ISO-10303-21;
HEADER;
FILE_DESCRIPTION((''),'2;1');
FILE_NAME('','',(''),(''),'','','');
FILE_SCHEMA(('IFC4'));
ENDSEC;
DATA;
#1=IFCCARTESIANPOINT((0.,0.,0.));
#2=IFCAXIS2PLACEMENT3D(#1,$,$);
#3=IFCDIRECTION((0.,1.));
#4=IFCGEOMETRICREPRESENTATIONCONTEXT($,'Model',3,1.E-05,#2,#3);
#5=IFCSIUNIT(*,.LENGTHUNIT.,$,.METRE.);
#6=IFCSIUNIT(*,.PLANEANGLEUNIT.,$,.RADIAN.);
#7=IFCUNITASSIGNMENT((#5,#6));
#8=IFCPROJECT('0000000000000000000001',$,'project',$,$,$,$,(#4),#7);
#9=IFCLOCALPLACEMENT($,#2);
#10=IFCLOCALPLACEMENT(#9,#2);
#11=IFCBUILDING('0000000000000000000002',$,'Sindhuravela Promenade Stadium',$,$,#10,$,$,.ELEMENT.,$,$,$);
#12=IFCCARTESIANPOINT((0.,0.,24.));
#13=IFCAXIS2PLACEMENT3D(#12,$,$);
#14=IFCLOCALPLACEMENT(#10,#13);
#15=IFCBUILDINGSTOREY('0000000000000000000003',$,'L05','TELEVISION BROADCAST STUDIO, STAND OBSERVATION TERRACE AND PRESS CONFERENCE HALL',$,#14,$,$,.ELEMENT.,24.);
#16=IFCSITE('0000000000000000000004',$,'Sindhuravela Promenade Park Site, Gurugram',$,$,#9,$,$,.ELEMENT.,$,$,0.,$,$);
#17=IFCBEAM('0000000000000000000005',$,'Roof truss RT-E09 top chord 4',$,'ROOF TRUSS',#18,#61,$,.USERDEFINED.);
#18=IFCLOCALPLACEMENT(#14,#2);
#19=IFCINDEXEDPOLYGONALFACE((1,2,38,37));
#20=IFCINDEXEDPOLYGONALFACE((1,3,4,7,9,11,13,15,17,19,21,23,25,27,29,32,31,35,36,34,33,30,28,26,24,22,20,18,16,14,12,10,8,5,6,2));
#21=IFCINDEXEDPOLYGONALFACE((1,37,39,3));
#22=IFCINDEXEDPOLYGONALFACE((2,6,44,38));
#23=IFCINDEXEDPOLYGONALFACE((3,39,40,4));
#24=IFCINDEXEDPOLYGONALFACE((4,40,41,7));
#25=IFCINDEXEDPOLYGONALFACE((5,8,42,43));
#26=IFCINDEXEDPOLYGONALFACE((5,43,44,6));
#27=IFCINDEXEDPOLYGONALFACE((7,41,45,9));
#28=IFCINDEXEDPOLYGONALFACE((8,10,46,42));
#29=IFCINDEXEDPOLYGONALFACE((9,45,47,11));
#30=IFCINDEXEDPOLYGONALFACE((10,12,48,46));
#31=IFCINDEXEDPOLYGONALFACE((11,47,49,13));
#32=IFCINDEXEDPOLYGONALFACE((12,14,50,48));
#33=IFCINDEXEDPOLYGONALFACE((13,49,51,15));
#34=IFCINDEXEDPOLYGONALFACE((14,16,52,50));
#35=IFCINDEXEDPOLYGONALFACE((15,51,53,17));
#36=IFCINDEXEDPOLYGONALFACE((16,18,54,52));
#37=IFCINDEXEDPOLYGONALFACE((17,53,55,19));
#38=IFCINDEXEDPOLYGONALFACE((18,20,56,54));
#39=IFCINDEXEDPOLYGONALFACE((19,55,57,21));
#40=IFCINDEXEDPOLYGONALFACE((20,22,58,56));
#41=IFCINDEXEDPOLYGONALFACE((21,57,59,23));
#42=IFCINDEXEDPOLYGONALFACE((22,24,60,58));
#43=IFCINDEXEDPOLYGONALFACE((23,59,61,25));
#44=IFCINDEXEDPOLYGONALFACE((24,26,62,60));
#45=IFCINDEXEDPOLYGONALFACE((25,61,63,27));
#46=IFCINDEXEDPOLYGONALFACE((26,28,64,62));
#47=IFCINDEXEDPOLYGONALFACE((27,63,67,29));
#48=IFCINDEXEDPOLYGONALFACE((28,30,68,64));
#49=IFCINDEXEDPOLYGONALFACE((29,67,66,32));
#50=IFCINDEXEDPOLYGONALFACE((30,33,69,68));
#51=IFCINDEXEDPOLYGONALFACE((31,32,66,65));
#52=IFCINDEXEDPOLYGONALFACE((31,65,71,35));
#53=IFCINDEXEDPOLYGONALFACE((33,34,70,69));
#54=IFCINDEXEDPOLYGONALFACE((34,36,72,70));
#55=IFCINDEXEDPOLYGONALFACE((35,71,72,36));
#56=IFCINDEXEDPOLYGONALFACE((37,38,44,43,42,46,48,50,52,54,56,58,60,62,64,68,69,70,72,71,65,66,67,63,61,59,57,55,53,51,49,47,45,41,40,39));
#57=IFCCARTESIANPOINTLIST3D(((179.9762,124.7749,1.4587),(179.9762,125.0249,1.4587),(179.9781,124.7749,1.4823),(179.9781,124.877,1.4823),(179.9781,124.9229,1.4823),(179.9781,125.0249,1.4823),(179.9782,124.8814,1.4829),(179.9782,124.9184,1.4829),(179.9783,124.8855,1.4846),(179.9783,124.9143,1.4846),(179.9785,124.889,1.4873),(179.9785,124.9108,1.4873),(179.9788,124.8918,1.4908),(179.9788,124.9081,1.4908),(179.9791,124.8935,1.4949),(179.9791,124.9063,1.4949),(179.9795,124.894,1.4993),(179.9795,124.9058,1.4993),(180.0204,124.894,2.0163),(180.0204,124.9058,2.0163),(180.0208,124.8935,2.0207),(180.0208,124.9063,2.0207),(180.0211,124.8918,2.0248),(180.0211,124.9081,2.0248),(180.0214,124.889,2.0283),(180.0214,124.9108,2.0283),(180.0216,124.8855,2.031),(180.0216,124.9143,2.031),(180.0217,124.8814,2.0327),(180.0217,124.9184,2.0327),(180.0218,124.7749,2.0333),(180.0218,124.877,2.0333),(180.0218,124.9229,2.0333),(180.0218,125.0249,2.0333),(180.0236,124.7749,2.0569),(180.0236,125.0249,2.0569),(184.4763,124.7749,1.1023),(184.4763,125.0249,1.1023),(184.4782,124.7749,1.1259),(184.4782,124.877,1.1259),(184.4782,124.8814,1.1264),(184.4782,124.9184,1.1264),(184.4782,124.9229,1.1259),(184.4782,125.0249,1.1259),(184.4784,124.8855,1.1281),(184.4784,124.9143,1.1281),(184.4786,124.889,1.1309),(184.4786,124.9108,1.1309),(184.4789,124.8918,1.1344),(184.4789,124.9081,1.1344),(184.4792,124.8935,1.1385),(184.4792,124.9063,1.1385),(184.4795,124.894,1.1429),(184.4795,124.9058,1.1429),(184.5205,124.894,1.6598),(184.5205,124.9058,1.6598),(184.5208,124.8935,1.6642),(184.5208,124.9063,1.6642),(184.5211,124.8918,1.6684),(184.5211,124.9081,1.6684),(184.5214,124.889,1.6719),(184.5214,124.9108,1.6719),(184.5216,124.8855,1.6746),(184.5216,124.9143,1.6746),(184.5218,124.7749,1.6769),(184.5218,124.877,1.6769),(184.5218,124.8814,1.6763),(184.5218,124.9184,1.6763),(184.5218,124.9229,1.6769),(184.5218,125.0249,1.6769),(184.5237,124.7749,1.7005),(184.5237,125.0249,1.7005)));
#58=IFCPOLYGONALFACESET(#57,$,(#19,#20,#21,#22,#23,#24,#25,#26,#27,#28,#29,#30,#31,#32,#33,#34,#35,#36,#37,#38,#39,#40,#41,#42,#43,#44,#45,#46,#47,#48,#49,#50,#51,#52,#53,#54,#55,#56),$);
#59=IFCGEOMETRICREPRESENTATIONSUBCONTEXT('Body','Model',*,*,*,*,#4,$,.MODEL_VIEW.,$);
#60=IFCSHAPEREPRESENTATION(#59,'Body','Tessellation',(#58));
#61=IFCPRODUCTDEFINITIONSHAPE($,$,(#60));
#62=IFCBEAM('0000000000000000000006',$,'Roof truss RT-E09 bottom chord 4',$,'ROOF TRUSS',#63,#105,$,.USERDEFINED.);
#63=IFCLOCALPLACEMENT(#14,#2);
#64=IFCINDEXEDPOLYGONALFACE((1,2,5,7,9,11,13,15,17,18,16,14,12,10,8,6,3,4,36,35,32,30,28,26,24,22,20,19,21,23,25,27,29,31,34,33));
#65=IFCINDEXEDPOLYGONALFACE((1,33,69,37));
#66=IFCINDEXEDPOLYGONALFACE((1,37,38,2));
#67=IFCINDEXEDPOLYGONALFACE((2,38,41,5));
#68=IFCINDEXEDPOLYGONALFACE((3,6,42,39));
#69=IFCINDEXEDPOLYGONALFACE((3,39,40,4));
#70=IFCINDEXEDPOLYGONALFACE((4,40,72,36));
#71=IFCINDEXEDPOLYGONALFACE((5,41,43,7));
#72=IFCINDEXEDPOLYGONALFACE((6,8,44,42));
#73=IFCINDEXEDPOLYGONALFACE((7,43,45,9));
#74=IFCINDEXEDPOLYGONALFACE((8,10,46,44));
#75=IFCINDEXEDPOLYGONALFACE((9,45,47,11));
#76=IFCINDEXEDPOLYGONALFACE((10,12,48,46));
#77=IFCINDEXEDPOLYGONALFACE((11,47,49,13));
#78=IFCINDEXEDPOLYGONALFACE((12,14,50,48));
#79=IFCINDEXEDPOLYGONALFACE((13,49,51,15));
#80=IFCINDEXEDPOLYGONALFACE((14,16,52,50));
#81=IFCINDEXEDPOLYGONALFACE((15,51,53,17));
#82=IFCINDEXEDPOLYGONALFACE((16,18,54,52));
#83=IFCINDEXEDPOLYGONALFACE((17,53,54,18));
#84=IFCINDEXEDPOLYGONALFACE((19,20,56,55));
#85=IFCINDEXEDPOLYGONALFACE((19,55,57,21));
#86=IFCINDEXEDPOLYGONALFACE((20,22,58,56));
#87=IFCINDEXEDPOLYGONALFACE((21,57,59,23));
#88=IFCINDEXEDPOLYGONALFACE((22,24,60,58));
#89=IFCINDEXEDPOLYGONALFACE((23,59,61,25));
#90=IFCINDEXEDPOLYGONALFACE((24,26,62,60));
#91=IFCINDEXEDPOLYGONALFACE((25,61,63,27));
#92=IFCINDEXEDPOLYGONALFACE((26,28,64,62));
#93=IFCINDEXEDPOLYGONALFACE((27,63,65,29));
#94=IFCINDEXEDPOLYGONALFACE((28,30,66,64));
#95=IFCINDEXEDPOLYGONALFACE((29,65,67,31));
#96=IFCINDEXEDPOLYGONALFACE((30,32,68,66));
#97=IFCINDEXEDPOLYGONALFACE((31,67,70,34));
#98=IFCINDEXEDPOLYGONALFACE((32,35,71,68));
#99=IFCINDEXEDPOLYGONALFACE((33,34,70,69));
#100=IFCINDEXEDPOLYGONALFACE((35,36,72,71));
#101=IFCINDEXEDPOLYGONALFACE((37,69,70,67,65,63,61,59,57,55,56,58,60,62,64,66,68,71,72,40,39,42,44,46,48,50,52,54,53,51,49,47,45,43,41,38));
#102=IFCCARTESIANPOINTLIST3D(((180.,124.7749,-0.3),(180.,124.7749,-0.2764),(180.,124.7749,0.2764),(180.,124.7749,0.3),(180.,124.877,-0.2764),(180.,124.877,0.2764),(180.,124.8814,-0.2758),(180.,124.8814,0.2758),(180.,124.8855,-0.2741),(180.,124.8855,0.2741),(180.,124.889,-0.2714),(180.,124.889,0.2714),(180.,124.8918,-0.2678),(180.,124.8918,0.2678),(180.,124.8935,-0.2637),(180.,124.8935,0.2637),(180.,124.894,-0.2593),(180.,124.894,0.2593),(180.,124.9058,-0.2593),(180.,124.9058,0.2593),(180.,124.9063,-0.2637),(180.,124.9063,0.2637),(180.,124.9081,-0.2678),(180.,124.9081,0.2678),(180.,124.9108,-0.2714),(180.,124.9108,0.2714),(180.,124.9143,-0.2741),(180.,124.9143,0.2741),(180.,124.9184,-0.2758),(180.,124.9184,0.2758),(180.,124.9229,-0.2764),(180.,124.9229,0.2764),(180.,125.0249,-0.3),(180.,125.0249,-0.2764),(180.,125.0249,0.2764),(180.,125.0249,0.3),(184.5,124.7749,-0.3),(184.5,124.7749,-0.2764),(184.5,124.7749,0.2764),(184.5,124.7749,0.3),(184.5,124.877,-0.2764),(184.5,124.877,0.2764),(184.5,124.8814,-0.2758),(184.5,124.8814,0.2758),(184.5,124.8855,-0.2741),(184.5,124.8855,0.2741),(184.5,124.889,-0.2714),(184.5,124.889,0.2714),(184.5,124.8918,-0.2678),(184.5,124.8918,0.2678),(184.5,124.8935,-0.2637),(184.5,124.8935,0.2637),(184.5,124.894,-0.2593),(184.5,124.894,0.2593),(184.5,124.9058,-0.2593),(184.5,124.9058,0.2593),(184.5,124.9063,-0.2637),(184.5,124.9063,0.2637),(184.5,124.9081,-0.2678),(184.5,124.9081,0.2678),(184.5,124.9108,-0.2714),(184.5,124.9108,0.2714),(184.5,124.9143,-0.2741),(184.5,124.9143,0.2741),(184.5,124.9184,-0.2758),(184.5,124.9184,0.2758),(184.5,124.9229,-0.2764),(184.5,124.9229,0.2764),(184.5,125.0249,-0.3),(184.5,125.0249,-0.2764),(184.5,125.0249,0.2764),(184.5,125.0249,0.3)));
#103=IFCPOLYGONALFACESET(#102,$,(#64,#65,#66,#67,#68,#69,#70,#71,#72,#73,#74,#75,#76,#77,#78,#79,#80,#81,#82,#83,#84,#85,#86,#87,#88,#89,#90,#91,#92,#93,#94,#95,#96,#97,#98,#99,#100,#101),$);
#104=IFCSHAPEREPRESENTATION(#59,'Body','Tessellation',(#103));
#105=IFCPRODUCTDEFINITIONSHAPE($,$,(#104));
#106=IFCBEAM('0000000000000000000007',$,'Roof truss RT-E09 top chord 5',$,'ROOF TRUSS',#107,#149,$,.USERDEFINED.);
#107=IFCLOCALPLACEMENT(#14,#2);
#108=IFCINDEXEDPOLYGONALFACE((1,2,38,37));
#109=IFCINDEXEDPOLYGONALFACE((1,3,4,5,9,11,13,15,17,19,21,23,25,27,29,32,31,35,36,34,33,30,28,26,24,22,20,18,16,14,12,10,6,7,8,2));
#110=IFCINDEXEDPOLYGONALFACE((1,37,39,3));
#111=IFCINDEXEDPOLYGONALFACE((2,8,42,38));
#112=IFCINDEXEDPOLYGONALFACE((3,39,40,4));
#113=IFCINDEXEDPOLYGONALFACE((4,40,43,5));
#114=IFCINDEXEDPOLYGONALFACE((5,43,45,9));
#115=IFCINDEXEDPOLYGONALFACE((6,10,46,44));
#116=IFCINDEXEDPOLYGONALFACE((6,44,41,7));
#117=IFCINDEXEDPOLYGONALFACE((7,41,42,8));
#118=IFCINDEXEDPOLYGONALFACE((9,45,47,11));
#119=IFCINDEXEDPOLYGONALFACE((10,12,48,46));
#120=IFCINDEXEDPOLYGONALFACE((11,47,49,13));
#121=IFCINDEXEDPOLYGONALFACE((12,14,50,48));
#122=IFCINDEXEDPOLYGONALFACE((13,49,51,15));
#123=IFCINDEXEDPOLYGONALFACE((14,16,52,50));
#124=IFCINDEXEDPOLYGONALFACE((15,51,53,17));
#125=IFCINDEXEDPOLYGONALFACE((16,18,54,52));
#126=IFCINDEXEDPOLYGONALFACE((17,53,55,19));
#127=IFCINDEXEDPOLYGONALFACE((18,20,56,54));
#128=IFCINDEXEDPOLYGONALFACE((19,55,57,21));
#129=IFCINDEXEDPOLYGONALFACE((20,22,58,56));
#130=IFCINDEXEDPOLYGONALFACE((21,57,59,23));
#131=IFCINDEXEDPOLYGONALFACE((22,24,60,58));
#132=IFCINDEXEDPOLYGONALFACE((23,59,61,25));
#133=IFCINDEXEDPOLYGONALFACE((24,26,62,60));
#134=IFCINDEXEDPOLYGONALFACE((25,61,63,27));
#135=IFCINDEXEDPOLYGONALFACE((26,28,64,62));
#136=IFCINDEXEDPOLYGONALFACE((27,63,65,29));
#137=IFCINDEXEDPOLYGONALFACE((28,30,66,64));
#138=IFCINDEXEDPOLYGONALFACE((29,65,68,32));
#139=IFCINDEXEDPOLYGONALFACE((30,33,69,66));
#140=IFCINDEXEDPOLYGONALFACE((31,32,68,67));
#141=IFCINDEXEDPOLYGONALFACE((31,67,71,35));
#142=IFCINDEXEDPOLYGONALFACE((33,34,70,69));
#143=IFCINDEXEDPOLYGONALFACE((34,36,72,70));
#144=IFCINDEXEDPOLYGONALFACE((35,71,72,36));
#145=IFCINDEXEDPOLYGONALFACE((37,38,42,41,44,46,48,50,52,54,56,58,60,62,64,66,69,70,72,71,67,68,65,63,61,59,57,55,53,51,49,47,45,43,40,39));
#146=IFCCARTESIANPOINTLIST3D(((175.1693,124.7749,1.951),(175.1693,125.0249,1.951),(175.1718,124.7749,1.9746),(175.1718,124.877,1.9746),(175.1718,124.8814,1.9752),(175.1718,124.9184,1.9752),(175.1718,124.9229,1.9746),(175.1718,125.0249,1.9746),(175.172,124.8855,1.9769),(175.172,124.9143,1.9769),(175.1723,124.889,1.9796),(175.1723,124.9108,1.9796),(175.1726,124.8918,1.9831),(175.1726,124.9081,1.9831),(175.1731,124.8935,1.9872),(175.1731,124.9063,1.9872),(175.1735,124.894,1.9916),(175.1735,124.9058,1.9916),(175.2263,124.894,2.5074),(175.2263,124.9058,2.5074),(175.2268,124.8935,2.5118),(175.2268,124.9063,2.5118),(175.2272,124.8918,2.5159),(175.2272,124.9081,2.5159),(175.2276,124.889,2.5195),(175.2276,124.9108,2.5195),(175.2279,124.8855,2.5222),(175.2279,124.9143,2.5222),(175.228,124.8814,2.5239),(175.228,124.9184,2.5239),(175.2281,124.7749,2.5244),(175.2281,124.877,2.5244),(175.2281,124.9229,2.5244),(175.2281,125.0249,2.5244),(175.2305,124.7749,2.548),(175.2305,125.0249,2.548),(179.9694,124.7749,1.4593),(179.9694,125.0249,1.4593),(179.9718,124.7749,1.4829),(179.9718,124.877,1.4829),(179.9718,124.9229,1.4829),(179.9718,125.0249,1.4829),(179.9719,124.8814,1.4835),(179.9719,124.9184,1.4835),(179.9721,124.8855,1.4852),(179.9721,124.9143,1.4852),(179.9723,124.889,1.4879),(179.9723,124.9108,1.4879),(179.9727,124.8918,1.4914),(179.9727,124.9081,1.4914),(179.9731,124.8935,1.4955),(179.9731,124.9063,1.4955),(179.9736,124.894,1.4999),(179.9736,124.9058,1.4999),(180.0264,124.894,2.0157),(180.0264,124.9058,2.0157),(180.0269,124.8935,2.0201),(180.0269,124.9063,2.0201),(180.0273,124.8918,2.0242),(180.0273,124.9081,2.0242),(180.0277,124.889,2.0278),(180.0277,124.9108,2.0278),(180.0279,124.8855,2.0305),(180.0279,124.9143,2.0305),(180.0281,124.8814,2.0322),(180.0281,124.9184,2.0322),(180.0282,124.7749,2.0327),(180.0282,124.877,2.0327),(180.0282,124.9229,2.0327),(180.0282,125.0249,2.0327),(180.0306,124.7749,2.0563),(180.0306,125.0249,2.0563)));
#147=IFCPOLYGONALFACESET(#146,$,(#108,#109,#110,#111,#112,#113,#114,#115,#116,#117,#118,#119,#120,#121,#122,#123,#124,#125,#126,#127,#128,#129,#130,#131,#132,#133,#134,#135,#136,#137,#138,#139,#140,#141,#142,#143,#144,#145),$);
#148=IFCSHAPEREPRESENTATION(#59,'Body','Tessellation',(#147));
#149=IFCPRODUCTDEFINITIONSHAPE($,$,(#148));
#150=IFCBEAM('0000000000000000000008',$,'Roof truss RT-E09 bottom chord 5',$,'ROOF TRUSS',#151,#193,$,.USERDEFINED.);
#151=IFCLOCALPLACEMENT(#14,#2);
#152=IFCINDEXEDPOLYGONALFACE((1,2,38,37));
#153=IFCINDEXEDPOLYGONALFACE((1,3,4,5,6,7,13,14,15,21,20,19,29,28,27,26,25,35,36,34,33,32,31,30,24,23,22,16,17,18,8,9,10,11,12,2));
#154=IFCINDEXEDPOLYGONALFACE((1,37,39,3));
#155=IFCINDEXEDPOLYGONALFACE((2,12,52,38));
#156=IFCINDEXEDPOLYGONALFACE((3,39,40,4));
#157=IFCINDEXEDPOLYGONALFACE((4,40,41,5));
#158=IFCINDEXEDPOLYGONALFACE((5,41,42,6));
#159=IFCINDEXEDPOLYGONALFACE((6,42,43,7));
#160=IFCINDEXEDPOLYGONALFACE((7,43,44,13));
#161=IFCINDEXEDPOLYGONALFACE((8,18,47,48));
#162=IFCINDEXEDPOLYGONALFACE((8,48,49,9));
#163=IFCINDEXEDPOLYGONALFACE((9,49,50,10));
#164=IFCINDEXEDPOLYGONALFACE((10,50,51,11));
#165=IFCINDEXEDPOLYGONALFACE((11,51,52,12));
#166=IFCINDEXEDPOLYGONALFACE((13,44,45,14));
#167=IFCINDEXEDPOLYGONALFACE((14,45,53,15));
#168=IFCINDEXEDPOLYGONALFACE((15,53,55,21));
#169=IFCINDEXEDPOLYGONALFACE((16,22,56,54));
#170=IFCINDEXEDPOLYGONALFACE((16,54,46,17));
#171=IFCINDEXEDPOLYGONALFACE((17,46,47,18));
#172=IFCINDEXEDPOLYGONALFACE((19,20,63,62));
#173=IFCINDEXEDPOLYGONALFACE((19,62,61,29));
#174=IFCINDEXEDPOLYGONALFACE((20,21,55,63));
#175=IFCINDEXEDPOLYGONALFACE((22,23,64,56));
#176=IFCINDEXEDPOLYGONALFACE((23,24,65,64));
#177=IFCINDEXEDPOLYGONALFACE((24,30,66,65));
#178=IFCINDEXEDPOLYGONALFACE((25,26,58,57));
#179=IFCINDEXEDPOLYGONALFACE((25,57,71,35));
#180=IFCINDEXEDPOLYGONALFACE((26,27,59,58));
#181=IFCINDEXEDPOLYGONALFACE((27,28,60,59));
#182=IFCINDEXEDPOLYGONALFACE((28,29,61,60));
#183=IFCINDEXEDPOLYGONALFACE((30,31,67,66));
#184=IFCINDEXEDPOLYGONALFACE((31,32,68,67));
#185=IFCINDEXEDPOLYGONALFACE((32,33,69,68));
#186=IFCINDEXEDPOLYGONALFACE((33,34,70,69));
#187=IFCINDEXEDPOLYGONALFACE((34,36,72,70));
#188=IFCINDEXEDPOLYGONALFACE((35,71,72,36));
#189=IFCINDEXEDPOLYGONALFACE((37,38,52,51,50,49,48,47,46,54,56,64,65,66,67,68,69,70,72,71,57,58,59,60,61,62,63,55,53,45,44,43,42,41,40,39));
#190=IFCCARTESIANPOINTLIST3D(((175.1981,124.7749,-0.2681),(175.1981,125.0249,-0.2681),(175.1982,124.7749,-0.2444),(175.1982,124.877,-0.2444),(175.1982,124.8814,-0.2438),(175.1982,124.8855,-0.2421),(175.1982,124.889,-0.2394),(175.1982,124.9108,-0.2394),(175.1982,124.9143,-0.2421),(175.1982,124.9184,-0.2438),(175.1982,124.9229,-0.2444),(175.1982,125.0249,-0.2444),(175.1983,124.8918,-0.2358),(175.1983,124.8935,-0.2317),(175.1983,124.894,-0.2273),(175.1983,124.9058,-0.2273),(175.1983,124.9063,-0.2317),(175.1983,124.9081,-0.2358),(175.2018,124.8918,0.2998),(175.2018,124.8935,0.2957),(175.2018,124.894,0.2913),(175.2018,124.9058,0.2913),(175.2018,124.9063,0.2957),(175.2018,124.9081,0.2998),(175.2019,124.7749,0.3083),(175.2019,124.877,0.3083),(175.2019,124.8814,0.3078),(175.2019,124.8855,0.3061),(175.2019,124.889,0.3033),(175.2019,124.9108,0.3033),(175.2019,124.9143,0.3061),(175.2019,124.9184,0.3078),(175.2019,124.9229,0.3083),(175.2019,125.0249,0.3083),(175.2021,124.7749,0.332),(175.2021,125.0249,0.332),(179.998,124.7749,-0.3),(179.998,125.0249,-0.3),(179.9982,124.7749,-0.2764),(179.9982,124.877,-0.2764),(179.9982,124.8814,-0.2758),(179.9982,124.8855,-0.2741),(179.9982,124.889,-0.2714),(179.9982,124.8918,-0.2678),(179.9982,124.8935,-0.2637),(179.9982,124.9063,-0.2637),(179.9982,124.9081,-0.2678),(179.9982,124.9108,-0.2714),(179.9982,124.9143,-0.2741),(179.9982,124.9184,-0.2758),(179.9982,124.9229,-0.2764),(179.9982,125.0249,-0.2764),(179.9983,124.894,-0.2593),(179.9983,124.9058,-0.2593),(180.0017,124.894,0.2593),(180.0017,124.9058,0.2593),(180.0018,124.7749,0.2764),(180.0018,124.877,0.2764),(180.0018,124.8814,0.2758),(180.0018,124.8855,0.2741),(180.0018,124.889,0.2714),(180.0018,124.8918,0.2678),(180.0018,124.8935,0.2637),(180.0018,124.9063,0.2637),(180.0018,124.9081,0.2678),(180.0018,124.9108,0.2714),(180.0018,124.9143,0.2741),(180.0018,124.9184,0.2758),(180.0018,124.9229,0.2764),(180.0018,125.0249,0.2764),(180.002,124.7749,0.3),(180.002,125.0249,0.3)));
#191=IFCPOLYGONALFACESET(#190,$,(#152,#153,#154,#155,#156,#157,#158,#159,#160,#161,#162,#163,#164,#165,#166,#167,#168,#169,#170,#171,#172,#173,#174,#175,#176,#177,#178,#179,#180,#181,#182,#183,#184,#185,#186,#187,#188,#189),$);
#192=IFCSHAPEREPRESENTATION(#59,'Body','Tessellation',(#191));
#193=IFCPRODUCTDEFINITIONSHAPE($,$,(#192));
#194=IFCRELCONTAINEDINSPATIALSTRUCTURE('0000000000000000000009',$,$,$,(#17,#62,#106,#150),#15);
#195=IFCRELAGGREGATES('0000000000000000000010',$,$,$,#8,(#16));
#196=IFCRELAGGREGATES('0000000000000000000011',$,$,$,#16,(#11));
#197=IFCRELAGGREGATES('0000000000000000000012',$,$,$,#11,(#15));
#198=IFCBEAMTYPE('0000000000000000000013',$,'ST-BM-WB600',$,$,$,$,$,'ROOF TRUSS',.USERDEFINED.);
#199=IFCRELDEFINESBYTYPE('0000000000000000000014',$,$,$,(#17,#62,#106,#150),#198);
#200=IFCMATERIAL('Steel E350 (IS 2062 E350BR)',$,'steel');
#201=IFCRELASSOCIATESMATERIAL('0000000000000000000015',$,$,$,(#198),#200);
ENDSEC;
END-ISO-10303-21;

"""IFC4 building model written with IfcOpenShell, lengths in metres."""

from ifc_helpers import new_model, si_unit, direction, frame, origin, origin_2d, place, context, subcontext, project, spatial, i_section, extrude, material, material_profile, profile_set, type_object, element, save


model = new_model("IFC4")

# Units and contexts
model_context = context("Model", 3, precision=1e-05, world=origin(), true_north=direction((0.0, 1.0)))
body_context = subcontext(model_context, "Body", "Model", "MODEL_VIEW")
ifc_project = project(units=[si_unit("LENGTHUNIT", "METRE"), si_unit("PLANEANGLEUNIT", "RADIAN")], contexts=[model_context])

# Site, building, storey
site_placement = place(None, origin())
site = spatial("IfcSite", under=ifc_project, at=site_placement, Name="Sindhuravela Promenade Park Site, Gurugram", CompositionType="ELEMENT", RefElevation=0.0)
building_placement = place(site_placement, origin())
building = spatial("IfcBuilding", under=site, at=building_placement, Name="Sindhuravela Promenade Stadium", CompositionType="ELEMENT")
storey_placement = place(building_placement, frame((0.0, 0.0, 24.0)))
storey = spatial("IfcBuildingStorey", under=building, at=storey_placement, Name="L05", Description="TELEVISION BROADCAST STUDIO, STAND OBSERVATION TERRACE AND PRESS CONFERENCE HALL", CompositionType="ELEMENT", Elevation=24.0)

# Beams
ifc_material_1 = material(Name="Steel E350 (IS 2062 E350BR)", Category="steel")
ifc_material_profile_1 = material_profile(ifc_material_1, i_section(OverallWidth=0.25, OverallDepth=0.6001, WebThickness=0.0117, FlangeThickness=0.0237, FilletRadius=0.0171, at=origin_2d()), Name="ISWB 600")
ifc_profile_set_1 = profile_set([ifc_material_profile_1], Name="Steel E350 (IS 2062 E350BR)")
beam_type = type_object("IfcBeamType", Name="ST-BM-WB600", ElementType="ROOF TRUSS", PredefinedType="USERDEFINED", material=ifc_profile_set_1)
beam_1_placement = place(storey_placement, frame((184.5, 124.8999, 1.4014), z_axis=(-0.996878, 0.0, 0.078963), x_axis=(0.0, -1.0, 0.0)))
element("IfcBeam", 1, at=beam_1_placement, inside=storey, type_object=beam_type, Name="Roof truss RT-E09 top chord 4", ObjectType="ROOF TRUSS", PredefinedType="USERDEFINED", context=body_context, shape_type="SweptSolid", body=[
    extrude(i_section(OverallWidth=0.25, OverallDepth=0.6001, WebThickness=0.0117, FlangeThickness=0.0237, FilletRadius=0.0171, at=origin_2d()), origin(), (0.0, 0.0, 1.0), 4.5142),
])
beam_2_placement = place(storey_placement, frame((184.5, 124.8999, 0.0), z_axis=(-1.0, 0.0, 0.0), x_axis=(0.0, -1.0, 0.0)))
element("IfcBeam", 2, at=beam_2_placement, inside=storey, type_object=beam_type, Name="Roof truss RT-E09 bottom chord 4", ObjectType="ROOF TRUSS", PredefinedType="USERDEFINED", context=body_context, shape_type="SweptSolid", body=[
    extrude(i_section(OverallWidth=0.25, OverallDepth=0.6001, WebThickness=0.0117, FlangeThickness=0.0237, FilletRadius=0.0171, at=origin_2d()), origin(), (0.0, 0.0, 1.0), 4.5),
])
beam_3_placement = place(storey_placement, frame((180.0, 124.8999, 1.7578), z_axis=(-0.994794, 0.0, 0.101903), x_axis=(0.0, -1.0, 0.0)))
element("IfcBeam", 3, at=beam_3_placement, inside=storey, type_object=beam_type, Name="Roof truss RT-E09 top chord 5", ObjectType="ROOF TRUSS", PredefinedType="USERDEFINED", context=body_context, shape_type="SweptSolid", body=[
    extrude(i_section(OverallWidth=0.25, OverallDepth=0.6001, WebThickness=0.0117, FlangeThickness=0.0237, FilletRadius=0.0171, at=origin_2d()), origin(), (0.0, 0.0, 1.0), 4.8252),
])
beam_4_placement = place(storey_placement, frame((180.0, 124.8999, 0.0), z_axis=(-0.999978, 0.0, 0.006663), x_axis=(0.0, -1.0, 0.0)))
element("IfcBeam", 4, at=beam_4_placement, inside=storey, type_object=beam_type, Name="Roof truss RT-E09 bottom chord 5", ObjectType="ROOF TRUSS", PredefinedType="USERDEFINED", context=body_context, shape_type="SweptSolid", body=[
    extrude(i_section(OverallWidth=0.25, OverallDepth=0.6001, WebThickness=0.0117, FlangeThickness=0.0237, FilletRadius=0.0171, at=origin_2d()), origin(), (0.0, 0.0, 1.0), 4.8),
])

save(model, "model.ifc")
